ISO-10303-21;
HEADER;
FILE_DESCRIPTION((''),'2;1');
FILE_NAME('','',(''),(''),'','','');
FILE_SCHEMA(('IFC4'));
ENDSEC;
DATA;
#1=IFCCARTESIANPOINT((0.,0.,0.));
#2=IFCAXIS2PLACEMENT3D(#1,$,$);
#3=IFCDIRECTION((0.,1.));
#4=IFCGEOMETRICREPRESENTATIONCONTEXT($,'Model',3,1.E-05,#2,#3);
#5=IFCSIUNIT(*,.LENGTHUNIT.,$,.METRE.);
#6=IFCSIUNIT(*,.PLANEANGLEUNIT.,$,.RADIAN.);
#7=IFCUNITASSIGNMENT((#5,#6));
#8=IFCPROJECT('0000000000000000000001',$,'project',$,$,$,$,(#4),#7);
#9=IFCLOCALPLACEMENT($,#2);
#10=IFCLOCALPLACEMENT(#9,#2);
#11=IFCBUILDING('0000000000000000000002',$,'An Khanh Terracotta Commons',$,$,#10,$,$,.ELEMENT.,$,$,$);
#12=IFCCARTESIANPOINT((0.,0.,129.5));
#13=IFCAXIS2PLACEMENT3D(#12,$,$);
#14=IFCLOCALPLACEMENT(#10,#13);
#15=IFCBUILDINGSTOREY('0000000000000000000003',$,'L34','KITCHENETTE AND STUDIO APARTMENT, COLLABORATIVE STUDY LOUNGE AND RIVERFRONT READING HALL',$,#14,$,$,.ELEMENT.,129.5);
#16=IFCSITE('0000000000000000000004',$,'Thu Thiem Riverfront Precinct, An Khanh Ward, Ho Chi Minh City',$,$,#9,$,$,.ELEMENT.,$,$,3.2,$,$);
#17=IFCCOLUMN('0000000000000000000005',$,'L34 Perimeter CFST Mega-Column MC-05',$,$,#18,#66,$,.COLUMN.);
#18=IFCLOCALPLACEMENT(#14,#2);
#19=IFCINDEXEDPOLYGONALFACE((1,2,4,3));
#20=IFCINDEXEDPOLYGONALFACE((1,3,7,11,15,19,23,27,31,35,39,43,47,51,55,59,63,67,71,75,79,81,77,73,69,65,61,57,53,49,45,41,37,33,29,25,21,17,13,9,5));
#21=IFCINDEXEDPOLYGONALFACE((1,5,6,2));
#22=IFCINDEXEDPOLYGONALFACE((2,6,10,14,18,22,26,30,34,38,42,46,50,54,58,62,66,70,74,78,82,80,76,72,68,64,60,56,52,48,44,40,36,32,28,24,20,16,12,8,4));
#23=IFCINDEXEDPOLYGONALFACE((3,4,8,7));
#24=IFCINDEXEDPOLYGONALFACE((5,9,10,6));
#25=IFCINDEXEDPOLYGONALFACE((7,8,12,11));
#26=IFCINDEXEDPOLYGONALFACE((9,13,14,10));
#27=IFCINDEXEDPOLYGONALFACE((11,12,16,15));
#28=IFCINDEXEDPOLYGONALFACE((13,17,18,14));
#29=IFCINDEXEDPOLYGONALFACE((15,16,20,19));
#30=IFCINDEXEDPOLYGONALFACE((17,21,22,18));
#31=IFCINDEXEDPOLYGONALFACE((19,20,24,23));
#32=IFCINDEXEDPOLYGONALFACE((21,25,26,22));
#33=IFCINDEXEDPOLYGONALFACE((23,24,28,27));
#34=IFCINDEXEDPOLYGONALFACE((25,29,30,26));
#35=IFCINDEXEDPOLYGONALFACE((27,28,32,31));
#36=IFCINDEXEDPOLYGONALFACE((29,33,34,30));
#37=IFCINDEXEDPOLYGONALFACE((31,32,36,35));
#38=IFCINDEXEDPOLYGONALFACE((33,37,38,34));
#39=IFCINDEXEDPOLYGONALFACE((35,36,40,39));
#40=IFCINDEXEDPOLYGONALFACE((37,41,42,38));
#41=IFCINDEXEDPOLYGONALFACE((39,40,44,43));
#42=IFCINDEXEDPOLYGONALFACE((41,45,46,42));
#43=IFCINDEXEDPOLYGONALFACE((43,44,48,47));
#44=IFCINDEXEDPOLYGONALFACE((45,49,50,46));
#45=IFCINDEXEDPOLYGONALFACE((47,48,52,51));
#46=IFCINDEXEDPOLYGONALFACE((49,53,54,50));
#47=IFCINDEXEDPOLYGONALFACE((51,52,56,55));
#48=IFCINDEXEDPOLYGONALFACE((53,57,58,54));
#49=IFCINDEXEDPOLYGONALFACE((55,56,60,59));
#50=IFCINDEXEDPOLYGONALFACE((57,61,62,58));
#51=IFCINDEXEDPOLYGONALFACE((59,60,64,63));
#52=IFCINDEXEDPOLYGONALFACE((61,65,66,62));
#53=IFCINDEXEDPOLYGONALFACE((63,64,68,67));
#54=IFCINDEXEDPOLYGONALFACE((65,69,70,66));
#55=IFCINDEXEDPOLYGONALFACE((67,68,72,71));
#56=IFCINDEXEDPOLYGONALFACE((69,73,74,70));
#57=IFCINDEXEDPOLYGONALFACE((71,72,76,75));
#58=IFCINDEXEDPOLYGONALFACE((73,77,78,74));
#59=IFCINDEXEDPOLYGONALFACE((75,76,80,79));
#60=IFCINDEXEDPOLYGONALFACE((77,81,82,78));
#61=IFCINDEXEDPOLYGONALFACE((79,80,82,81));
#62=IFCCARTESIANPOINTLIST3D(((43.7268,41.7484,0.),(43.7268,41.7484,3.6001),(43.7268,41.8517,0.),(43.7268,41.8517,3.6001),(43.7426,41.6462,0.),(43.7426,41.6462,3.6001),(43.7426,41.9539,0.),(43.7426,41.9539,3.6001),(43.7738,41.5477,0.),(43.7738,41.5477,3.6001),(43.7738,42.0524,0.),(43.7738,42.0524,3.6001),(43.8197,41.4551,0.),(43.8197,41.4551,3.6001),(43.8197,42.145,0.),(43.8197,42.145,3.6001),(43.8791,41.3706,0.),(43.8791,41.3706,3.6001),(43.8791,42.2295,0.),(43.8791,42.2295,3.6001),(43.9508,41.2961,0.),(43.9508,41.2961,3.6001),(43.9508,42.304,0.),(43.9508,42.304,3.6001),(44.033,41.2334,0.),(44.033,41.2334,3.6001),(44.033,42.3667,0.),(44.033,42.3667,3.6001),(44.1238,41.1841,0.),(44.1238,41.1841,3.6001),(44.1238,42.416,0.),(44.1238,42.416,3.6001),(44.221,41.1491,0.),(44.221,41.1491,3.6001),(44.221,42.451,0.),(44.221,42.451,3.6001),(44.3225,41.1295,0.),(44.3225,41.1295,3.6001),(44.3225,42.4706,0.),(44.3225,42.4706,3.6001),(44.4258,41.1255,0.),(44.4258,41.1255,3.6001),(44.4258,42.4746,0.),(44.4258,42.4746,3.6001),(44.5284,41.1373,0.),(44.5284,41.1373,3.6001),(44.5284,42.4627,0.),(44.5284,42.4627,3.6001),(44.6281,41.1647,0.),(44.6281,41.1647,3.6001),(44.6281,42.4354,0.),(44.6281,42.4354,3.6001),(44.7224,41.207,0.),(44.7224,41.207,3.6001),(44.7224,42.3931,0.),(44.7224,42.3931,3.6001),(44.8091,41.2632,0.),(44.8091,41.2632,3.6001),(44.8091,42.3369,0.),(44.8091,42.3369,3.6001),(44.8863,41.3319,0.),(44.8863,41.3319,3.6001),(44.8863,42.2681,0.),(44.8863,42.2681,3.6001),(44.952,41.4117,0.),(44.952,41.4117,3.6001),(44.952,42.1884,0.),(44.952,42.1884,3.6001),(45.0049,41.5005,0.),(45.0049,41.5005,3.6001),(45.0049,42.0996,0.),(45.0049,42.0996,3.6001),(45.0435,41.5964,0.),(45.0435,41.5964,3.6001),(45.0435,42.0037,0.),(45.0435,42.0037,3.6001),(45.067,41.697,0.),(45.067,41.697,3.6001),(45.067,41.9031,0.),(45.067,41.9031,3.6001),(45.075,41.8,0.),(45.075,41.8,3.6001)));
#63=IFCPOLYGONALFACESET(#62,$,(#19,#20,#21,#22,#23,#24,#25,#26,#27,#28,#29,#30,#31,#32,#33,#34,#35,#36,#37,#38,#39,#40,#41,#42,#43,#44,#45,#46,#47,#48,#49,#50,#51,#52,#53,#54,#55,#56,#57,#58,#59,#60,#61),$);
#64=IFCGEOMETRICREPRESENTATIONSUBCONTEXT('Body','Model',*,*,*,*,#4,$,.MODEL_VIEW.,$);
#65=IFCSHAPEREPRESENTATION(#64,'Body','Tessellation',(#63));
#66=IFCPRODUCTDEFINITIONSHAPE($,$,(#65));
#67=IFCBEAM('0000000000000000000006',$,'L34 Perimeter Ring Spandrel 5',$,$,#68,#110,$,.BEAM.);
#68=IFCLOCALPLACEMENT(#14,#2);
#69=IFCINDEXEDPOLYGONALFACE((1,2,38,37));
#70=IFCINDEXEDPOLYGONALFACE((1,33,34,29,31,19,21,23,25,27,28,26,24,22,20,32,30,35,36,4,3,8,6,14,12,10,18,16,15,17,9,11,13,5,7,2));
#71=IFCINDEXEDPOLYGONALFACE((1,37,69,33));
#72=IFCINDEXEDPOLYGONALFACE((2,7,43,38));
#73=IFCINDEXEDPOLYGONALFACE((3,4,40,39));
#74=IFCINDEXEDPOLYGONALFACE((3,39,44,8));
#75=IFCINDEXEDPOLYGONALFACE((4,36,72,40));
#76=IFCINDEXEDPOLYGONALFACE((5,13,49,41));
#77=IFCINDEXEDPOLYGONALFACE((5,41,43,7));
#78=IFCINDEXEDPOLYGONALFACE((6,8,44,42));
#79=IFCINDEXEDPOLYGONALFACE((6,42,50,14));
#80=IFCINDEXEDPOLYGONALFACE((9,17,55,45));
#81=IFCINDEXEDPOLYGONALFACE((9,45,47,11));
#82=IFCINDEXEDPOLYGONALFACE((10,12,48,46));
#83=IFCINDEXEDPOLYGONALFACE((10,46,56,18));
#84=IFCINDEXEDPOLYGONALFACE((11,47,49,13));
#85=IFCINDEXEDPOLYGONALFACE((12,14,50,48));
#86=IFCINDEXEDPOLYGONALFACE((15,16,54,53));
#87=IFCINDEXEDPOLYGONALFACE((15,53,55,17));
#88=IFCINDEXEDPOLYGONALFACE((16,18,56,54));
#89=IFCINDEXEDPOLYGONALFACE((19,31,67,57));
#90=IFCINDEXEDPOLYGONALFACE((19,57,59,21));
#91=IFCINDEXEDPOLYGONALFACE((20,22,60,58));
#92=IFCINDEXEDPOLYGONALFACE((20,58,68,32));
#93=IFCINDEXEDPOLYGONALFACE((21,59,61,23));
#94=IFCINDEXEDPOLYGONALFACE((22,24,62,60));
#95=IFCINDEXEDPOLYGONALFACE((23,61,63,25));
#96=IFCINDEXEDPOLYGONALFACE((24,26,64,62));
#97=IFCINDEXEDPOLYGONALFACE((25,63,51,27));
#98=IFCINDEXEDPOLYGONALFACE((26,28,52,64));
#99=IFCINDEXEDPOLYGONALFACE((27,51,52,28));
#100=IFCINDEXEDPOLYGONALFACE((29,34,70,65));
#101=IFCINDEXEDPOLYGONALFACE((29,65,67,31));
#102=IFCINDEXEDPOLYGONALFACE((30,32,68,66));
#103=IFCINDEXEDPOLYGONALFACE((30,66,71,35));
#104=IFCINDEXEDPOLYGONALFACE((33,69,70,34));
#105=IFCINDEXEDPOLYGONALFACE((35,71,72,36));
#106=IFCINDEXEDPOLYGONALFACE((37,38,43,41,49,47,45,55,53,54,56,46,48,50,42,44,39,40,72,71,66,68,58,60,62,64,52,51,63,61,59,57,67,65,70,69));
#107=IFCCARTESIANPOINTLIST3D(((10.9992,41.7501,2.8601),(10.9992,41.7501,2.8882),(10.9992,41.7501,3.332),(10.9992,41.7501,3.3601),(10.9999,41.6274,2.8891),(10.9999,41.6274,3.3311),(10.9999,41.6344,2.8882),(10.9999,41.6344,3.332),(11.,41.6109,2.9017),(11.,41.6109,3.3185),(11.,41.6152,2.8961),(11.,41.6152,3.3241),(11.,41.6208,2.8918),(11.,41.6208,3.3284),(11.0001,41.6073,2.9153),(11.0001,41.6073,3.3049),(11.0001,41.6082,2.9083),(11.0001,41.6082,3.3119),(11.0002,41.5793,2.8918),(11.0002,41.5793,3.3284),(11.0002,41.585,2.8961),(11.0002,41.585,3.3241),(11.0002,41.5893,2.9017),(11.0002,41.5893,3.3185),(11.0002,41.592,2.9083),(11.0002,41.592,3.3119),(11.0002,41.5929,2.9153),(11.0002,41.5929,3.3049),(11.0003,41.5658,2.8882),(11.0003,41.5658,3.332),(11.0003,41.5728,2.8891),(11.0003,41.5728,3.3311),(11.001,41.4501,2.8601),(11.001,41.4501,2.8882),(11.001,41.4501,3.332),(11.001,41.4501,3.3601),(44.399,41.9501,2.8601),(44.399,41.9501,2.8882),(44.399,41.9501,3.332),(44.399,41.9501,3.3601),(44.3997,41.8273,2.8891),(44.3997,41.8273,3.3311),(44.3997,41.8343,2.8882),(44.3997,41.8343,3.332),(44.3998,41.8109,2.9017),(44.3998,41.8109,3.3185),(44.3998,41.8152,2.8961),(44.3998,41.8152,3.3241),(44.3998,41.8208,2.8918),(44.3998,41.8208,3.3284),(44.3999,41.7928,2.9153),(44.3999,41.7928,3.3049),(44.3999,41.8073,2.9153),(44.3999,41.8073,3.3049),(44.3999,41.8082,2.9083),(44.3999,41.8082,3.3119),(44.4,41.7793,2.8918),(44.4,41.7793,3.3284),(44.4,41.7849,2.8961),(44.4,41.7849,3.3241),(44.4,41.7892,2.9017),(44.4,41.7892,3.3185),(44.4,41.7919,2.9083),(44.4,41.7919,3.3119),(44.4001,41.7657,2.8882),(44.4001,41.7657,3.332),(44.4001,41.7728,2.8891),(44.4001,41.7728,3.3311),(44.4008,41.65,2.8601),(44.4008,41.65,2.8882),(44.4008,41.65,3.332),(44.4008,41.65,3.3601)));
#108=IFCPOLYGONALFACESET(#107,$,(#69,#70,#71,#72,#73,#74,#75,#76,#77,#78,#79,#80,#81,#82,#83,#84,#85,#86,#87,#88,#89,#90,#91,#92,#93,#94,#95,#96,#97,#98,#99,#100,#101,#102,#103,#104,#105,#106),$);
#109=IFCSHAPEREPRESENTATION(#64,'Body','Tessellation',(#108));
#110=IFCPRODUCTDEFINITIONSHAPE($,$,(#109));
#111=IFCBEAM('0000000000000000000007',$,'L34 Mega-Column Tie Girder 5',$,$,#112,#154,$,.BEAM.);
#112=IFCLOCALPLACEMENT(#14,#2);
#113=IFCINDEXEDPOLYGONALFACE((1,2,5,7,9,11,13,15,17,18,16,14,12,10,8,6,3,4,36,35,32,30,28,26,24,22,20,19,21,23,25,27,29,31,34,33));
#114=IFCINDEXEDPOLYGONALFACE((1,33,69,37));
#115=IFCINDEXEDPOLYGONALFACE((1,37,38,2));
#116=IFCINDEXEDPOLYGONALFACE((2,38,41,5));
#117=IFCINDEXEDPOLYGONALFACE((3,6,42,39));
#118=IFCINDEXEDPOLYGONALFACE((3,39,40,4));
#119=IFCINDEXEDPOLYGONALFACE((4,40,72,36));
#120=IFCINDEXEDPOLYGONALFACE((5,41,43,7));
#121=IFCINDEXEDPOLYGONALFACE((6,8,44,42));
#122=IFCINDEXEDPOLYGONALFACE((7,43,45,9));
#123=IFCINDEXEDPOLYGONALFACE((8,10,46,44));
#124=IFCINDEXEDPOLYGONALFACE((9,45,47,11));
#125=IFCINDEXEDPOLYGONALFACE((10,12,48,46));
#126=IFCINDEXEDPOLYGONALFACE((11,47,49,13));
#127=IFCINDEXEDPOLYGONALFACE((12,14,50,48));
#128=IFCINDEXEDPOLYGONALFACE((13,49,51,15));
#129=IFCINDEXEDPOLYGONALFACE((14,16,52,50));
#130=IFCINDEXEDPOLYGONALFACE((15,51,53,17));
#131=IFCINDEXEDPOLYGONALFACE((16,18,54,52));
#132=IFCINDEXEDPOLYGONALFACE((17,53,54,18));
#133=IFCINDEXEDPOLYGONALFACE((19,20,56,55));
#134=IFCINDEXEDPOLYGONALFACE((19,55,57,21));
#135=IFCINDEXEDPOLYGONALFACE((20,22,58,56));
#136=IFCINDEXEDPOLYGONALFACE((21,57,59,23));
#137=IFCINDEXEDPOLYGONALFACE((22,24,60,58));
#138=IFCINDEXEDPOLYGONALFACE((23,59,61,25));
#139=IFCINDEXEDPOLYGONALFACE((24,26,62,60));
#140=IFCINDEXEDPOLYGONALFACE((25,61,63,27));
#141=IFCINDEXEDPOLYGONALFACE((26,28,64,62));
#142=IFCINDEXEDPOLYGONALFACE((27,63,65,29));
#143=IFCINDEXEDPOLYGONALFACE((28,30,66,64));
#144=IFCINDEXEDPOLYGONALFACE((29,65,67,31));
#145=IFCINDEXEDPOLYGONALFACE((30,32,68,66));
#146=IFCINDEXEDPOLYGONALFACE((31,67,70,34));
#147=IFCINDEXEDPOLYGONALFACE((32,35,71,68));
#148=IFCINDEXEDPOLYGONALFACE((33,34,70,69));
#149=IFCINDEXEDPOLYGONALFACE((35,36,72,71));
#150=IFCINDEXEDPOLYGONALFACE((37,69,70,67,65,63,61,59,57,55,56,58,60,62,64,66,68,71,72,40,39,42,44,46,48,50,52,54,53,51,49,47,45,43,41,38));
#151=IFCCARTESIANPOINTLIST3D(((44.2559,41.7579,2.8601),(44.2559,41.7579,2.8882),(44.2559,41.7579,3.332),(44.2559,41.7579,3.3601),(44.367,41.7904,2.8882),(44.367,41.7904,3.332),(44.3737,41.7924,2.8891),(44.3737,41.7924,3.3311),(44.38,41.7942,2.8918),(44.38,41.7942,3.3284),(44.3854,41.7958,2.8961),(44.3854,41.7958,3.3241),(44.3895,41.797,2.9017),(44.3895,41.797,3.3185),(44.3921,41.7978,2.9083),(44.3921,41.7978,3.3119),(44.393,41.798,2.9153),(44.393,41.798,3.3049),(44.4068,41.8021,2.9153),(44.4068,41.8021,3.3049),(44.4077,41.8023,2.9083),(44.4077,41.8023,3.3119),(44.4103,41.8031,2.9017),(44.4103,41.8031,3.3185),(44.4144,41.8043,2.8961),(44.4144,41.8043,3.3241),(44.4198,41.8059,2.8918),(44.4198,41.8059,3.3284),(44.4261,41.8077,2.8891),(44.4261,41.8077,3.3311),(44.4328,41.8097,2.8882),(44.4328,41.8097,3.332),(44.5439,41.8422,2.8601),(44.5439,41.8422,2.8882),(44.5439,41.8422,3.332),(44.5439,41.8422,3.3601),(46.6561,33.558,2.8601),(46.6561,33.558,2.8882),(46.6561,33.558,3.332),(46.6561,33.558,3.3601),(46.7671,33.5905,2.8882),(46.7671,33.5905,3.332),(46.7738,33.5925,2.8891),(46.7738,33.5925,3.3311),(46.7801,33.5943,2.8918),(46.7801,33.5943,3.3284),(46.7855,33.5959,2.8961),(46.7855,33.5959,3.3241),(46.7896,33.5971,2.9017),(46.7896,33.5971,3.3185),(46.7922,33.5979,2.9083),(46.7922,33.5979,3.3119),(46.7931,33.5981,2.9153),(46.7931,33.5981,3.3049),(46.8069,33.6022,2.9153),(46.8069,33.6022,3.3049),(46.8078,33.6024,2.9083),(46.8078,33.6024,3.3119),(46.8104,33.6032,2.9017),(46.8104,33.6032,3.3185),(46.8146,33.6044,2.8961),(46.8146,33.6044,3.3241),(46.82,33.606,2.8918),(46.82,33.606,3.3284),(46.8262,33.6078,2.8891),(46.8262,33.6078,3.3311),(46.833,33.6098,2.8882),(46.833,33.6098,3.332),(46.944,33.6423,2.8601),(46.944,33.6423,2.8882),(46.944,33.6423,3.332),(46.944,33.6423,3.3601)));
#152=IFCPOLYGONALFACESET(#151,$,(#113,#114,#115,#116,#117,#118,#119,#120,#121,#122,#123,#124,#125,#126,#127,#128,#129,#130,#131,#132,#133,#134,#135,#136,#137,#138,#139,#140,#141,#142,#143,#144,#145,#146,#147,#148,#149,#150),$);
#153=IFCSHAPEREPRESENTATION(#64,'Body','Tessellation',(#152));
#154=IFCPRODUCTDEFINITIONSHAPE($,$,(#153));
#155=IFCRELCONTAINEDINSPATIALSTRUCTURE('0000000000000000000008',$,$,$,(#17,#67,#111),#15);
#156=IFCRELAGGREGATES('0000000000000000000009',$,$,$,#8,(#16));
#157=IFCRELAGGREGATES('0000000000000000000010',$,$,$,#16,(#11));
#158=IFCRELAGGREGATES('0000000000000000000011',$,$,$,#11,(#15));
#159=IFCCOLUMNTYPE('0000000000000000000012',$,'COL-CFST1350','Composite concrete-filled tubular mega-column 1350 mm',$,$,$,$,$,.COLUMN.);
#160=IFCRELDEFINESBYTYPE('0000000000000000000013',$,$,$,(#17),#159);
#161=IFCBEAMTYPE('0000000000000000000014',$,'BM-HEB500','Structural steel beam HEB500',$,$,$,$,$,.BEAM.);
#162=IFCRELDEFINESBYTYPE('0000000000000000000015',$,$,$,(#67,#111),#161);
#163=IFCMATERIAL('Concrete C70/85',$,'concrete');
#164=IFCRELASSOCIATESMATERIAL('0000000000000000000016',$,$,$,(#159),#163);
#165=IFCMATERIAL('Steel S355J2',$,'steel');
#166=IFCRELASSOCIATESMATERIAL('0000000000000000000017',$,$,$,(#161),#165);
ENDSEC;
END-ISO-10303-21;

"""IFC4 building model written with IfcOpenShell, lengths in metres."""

from ifc_helpers import new_model, si_unit, direction, frame, origin, origin_2d, place, context, subcontext, project, spatial, circle, i_section, extrude, material, material_profile, profile_set, type_object, element, save


model = new_model("IFC4")

# Units and contexts
model_context = context("Model", 3, precision=1e-05, world=origin(), true_north=direction((0.0, 1.0)))
body_context = subcontext(model_context, "Body", "Model", "MODEL_VIEW")
ifc_project = project(units=[si_unit("LENGTHUNIT", "METRE"), si_unit("PLANEANGLEUNIT", "RADIAN")], contexts=[model_context])

# Site, building, storey
site_placement = place(None, origin())
site = spatial("IfcSite", under=ifc_project, at=site_placement, Name="Thu Thiem Riverfront Precinct, An Khanh Ward, Ho Chi Minh City", CompositionType="ELEMENT", RefElevation=3.2)
building_placement = place(site_placement, origin())
building = spatial("IfcBuilding", under=site, at=building_placement, Name="An Khanh Terracotta Commons", CompositionType="ELEMENT")
storey_placement = place(building_placement, frame((0.0, 0.0, 129.5)))
storey = spatial("IfcBuildingStorey", under=building, at=storey_placement, Name="L34", Description="KITCHENETTE AND STUDIO APARTMENT, COLLABORATIVE STUDY LOUNGE AND RIVERFRONT READING HALL", CompositionType="ELEMENT", Elevation=129.5)

# Column
ifc_material_1 = material(Name="Concrete C70/85", Category="concrete")
ifc_material_profile_1 = material_profile(ifc_material_1, circle(Radius=0.675, at=origin_2d()), Name="CFST1350")
ifc_profile_set_1 = profile_set([ifc_material_profile_1], Name="Concrete C70/85")
column_type = type_object("IfcColumnType", Name="COL-CFST1350", Description="Composite concrete-filled tubular mega-column 1350 mm", PredefinedType="COLUMN", material=ifc_profile_set_1)
column_placement = place(storey_placement, frame((44.3999, 41.8, 0.0), z_axis=(0.0, 0.0, 1.0), x_axis=(1.0, 0.0, 0.0)))
element("IfcColumn", 1, at=column_placement, inside=storey, type_object=column_type, Name="L34 Perimeter CFST Mega-Column MC-05", PredefinedType="COLUMN", context=body_context, shape_type="SweptSolid", body=[
    extrude(circle(Radius=0.675, at=origin_2d()), origin(), (0.0, 0.0, 1.0), 3.6001),
])

# Beams
ifc_material_2 = material(Name="Steel S355J2", Category="steel")
ifc_material_profile_2 = material_profile(ifc_material_2, i_section(OverallWidth=0.3, OverallDepth=0.5, WebThickness=0.0144, FlangeThickness=0.0281, FilletRadius=0.0271, at=origin_2d()), Name="HEB500")
ifc_profile_set_2 = profile_set([ifc_material_profile_2], Name="Steel S355J2")
beam_type = type_object("IfcBeamType", Name="BM-HEB500", Description="Structural steel beam HEB500", PredefinedType="BEAM", material=ifc_profile_set_2)
beam_1_placement = place(storey_placement, frame((44.3999, 41.8, 3.1101), z_axis=(-0.999982, -0.005986, 0.0), x_axis=(0.005986, -0.999982, 0.0)))
element("IfcBeam", 2, at=beam_1_placement, inside=storey, type_object=beam_type, Name="L34 Perimeter Ring Spandrel 5", PredefinedType="BEAM", context=body_context, shape_type="SweptSolid", body=[
    extrude(i_section(OverallWidth=0.3, OverallDepth=0.5, WebThickness=0.0144, FlangeThickness=0.0281, FilletRadius=0.0271, at=origin_2d()), origin(), (0.0, 0.0, 1.0), 33.4004),
])
beam_2_placement = place(storey_placement, frame((44.3999, 41.8, 3.1101), z_axis=(0.280916, -0.959732, 0.0), x_axis=(0.959732, 0.280916, 0.0)))
element("IfcBeam", 3, at=beam_2_placement, inside=storey, type_object=beam_type, Name="L34 Mega-Column Tie Girder 5", PredefinedType="BEAM", context=body_context, shape_type="SweptSolid", body=[
    extrude(i_section(OverallWidth=0.3, OverallDepth=0.5, WebThickness=0.0144, FlangeThickness=0.0281, FilletRadius=0.0271, at=origin_2d()), origin(), (0.0, 0.0, 1.0), 8.5439),
])

save(model, "model.ifc")
